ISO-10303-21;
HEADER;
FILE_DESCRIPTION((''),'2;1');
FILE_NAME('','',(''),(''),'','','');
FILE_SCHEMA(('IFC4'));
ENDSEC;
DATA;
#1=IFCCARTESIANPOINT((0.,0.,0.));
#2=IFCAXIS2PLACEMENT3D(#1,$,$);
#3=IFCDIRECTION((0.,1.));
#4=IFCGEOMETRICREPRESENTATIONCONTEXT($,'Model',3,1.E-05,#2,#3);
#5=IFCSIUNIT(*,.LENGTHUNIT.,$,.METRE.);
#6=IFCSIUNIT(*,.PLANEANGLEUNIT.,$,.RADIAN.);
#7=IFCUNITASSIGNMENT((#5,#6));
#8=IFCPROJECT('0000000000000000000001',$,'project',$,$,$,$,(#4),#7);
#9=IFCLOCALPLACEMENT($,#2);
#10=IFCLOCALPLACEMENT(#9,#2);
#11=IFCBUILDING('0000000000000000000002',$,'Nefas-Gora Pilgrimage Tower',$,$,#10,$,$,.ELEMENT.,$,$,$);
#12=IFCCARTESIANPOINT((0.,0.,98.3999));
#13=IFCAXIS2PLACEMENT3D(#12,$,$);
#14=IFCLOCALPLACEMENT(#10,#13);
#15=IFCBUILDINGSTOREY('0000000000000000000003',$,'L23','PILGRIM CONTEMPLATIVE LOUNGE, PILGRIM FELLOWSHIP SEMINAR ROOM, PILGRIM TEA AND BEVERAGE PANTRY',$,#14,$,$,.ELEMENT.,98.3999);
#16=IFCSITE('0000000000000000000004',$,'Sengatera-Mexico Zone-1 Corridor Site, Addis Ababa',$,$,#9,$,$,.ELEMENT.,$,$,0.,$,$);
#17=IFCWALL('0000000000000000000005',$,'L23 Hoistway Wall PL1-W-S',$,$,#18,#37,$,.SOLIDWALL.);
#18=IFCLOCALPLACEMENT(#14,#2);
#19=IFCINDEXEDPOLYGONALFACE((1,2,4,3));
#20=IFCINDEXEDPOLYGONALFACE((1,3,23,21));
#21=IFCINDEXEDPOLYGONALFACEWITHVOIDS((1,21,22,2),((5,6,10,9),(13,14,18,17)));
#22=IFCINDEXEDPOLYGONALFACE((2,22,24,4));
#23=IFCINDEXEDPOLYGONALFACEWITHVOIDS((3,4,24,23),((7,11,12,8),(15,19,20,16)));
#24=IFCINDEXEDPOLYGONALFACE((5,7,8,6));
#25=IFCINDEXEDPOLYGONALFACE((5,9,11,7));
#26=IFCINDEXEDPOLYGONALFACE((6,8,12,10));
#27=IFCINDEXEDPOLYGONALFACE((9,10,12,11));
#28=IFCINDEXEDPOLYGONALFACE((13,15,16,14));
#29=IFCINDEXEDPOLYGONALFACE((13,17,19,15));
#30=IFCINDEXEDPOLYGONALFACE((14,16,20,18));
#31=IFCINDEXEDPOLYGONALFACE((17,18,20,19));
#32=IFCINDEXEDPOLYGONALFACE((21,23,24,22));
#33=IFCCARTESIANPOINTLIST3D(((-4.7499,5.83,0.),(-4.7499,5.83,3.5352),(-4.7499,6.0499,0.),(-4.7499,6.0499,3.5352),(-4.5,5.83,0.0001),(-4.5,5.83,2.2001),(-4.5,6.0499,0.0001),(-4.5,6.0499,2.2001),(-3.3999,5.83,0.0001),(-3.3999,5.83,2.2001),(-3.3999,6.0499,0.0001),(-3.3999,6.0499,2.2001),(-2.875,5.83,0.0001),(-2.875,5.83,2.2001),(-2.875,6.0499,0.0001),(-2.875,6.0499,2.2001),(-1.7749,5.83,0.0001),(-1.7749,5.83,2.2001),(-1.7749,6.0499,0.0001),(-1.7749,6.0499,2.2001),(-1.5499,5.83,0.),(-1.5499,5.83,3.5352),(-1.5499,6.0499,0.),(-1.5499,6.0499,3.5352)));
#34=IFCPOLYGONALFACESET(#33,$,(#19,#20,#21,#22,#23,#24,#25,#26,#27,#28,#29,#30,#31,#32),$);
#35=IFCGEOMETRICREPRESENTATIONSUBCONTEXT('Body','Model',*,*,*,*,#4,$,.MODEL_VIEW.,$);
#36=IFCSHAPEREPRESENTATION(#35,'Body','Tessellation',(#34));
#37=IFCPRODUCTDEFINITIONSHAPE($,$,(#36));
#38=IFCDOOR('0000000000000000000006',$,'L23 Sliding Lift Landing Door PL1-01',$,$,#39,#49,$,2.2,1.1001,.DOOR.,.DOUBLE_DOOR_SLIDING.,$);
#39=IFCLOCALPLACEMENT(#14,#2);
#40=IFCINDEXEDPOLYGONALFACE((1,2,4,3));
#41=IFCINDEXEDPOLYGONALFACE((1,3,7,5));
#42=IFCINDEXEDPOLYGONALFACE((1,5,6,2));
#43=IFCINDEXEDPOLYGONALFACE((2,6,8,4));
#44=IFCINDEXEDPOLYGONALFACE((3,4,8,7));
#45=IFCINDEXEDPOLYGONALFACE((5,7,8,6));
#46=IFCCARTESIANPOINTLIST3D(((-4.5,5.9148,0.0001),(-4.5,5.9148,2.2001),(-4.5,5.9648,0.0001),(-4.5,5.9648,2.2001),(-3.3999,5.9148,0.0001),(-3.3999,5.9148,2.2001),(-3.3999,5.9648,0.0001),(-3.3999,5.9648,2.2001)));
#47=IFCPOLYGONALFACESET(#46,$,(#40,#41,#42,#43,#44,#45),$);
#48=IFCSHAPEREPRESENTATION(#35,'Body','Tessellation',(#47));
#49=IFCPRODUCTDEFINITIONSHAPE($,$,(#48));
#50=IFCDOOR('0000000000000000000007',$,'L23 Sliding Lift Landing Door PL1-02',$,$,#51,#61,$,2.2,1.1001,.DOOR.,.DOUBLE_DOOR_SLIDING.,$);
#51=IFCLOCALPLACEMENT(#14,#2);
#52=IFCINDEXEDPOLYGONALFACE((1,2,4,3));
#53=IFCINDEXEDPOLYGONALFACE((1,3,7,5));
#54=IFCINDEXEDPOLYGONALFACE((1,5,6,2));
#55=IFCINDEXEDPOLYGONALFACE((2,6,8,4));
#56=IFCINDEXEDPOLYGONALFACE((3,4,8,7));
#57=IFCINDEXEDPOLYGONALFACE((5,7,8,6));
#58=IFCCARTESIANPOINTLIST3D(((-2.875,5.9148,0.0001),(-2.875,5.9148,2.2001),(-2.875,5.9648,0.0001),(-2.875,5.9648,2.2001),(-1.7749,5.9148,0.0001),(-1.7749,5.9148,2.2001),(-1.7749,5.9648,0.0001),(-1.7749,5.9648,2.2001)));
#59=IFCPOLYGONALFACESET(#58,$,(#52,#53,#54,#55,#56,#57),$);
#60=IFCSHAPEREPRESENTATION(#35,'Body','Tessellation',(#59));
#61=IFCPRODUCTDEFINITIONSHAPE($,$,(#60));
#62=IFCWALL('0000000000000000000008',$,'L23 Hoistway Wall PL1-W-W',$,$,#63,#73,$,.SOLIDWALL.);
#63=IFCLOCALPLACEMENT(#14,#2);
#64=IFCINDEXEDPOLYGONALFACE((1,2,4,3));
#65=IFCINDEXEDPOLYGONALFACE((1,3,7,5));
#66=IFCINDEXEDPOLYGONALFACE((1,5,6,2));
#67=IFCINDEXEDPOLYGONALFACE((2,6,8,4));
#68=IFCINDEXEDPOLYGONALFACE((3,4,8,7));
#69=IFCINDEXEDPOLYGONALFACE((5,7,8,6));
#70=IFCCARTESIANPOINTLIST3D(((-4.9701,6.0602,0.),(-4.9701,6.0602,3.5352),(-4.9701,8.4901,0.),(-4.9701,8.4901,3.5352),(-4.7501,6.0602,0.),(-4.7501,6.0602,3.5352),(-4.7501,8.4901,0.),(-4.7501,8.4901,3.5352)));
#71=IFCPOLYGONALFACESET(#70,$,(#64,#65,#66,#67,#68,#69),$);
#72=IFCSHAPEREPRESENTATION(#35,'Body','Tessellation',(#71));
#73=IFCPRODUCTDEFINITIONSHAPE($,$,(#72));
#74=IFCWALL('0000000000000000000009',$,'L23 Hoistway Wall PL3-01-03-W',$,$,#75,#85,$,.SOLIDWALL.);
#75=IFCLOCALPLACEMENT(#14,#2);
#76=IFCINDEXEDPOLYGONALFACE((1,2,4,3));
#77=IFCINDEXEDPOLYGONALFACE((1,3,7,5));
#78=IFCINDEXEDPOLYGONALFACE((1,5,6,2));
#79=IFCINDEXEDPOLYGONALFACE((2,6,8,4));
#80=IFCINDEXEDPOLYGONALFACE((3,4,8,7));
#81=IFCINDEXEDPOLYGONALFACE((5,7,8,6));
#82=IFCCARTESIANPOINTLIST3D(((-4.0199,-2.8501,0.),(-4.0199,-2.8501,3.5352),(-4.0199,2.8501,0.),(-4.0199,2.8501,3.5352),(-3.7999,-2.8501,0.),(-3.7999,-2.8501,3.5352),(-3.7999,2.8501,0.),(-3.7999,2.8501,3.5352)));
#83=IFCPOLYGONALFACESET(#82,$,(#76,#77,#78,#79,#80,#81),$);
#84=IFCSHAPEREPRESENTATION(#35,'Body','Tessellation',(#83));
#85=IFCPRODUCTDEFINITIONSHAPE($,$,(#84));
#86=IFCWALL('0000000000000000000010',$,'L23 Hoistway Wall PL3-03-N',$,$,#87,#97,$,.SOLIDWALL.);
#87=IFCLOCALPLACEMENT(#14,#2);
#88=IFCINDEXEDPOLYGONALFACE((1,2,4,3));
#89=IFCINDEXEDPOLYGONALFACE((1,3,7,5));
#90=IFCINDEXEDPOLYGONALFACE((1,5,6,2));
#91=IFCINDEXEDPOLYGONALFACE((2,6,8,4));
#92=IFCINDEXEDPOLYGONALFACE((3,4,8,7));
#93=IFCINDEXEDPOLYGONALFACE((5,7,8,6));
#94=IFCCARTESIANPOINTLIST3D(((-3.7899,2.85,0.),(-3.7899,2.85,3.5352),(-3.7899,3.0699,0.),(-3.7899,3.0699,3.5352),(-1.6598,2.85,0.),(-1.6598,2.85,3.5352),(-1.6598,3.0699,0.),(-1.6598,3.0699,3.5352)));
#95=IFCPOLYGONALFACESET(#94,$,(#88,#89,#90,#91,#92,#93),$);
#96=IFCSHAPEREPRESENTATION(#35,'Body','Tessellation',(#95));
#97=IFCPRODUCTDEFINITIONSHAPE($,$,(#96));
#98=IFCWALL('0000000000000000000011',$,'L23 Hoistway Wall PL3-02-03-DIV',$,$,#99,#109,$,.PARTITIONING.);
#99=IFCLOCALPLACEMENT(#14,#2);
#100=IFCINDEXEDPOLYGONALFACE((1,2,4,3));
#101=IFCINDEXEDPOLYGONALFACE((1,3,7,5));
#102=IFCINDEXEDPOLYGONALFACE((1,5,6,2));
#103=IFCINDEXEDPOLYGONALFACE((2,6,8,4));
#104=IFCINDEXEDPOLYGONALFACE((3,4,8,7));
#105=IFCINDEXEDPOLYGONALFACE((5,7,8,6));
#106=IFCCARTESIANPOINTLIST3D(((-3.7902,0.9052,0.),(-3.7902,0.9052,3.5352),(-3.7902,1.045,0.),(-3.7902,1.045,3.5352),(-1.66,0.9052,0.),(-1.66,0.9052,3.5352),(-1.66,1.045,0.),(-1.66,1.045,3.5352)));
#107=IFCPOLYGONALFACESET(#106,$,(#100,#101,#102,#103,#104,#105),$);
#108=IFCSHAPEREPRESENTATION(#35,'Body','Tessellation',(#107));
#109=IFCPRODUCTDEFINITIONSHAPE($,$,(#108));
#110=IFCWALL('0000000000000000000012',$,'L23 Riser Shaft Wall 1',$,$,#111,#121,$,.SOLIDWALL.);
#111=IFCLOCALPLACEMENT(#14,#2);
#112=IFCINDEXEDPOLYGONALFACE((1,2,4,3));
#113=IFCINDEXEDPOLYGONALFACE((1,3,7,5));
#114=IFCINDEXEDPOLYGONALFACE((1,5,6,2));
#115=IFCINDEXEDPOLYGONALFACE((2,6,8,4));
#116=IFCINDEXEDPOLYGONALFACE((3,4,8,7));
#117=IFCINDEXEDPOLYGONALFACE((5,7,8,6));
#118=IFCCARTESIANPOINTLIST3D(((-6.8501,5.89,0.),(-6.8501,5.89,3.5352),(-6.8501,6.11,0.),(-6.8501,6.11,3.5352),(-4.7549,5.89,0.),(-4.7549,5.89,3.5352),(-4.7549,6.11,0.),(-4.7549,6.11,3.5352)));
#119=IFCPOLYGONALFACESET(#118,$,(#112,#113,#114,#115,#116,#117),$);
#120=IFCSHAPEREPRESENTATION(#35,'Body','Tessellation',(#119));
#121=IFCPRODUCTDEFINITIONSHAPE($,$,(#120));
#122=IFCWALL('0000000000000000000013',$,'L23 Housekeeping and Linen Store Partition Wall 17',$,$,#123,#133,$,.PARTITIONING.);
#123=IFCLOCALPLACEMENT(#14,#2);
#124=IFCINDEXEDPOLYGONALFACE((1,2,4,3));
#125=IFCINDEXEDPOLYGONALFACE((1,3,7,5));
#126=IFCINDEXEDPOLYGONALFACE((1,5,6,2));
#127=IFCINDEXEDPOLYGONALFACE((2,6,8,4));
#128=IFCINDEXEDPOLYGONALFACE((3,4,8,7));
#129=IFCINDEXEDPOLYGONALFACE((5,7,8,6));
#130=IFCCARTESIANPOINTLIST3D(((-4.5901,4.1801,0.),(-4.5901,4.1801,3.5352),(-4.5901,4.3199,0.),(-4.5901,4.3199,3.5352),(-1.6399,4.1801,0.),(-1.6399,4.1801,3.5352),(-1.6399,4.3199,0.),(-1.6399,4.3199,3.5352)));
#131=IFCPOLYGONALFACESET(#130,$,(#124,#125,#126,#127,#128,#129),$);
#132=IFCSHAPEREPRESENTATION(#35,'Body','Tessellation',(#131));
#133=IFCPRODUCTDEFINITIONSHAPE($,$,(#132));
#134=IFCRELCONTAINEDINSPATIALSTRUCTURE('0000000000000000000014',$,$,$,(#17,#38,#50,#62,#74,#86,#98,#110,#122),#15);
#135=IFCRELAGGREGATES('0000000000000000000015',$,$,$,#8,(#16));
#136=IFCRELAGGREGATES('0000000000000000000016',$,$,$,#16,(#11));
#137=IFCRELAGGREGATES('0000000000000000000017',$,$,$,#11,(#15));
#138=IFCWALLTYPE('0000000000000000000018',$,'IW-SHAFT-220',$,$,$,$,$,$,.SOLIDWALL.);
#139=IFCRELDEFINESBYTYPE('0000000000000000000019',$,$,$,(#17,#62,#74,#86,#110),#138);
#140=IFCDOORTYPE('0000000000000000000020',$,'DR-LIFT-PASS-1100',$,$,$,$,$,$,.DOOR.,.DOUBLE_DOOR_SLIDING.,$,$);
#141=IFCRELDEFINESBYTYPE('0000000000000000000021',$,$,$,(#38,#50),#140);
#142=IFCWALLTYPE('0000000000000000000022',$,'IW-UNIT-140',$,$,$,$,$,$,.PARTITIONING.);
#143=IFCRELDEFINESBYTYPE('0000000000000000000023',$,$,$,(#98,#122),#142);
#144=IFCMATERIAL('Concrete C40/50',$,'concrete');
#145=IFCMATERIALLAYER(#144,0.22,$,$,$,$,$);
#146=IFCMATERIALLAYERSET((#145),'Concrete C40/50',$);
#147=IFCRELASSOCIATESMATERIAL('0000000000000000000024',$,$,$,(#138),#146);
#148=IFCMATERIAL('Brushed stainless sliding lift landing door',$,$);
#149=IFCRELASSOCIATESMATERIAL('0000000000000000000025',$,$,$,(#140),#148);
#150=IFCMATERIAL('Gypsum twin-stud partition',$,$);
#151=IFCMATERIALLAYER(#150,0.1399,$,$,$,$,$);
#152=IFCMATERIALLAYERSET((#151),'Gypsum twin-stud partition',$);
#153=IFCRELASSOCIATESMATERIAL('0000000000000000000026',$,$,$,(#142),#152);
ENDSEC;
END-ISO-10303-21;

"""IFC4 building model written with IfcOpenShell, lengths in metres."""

from ifc_helpers import new_model, si_unit, direction, frame, frame_2d, origin, place, context, subcontext, project, spatial, rectangle, extrude, source, transform, mapped, material, layer, layer_set, type_object, element, fill, save


model = new_model("IFC4")

# Units and contexts
model_context = context("Model", 3, precision=1e-05, world=origin(), true_north=direction((0.0, 1.0)))
body_context = subcontext(model_context, "Body", "Model", "MODEL_VIEW")
ifc_project = project(units=[si_unit("LENGTHUNIT", "METRE"), si_unit("PLANEANGLEUNIT", "RADIAN")], contexts=[model_context])

# Site, building, storey
site_placement = place(None, origin())
site = spatial("IfcSite", under=ifc_project, at=site_placement, Name="Sengatera-Mexico Zone-1 Corridor Site, Addis Ababa", CompositionType="ELEMENT", RefElevation=0.0)
building_placement = place(site_placement, origin())
building = spatial("IfcBuilding", under=site, at=building_placement, Name="Nefas-Gora Pilgrimage Tower", CompositionType="ELEMENT")
storey_placement = place(building_placement, frame((0.0, 0.0, 98.3999)))
storey = spatial("IfcBuildingStorey", under=building, at=storey_placement, Name="L23", Description="PILGRIM CONTEMPLATIVE LOUNGE, PILGRIM FELLOWSHIP SEMINAR ROOM, PILGRIM TEA AND BEVERAGE PANTRY", CompositionType="ELEMENT", Elevation=98.3999)

# Shared definitions
ifc_material_1 = material(Name="Concrete C40/50", Category="concrete")

# Shared definitions
ifc_layer_1 = layer(ifc_material_1, 0.22)
ifc_layer_set_1 = layer_set([ifc_layer_1], Name="Concrete C40/50")
wall_type_1 = type_object("IfcWallType", Name="IW-SHAFT-220", PredefinedType="SOLIDWALL", material=ifc_layer_set_1)

# Wall, openings, doors
shared_shape_1 = source(origin(), body_context, "Body", "SweptSolid", [
    extrude(rectangle(XDim=3.2, YDim=0.22, at=frame_2d((1.6001, 0.0))), origin(), (0.0, 0.0, 1.0), 3.5352),
])
wall_1_placement = place(storey_placement, frame((-4.75, 5.9399, 0.0), z_axis=(0.0, 0.0, 1.0), x_axis=(1.0, 0.0, 0.0)))
wall_1 = element("IfcWall", 1, at=wall_1_placement, inside=storey, type_object=wall_type_1, Name="L23 Hoistway Wall PL1-W-S", PredefinedType="SOLIDWALL", context=body_context, shape_type="MappedRepresentation", body=[
    mapped(shared_shape_1, transform((0.0, 0.0, 0.0), x_axis=(1.0, 0.0, 0.0), y_axis=(0.0, 1.0, 0.0), z_axis=(0.0, 0.0, 1.0), scale=1.0)),
])
opening_1_placement = place(wall_1_placement, frame((0.25, 0.0, 0.0)))
opening_1 = element("IfcOpeningElement", 2, at=opening_1_placement, cuts=wall_1, PredefinedType="OPENING", context=body_context, shape_type="SweptSolid", body=[
    extrude(rectangle(XDim=1.1001, YDim=2.2, at=frame_2d((0.55, 1.1001))), frame((0.0, 0.1199, 0.0), z_axis=(0.0, -1.0, 0.0), x_axis=(1.0, 0.0, 0.0)), (0.0, 0.0, 1.0), 0.24),
])
opening_2_placement = place(wall_1_placement, frame((1.875, 0.0, 0.0)))
opening_2 = element("IfcOpeningElement", 3, at=opening_2_placement, cuts=wall_1, PredefinedType="OPENING", context=body_context, shape_type="SweptSolid", body=[
    extrude(rectangle(XDim=1.1001, YDim=2.2, at=frame_2d((0.55, 1.1001))), frame((0.0, 0.1199, 0.0), z_axis=(0.0, -1.0, 0.0), x_axis=(1.0, 0.0, 0.0)), (0.0, 0.0, 1.0), 0.24),
])
ifc_material_2 = material(Name="Brushed stainless sliding lift landing door")
door_type_1 = type_object("IfcDoorType", Name="DR-LIFT-PASS-1100", OperationType="DOUBLE_DOOR_SLIDING", PredefinedType="DOOR", material=ifc_material_2)
shared_shape_2 = source(origin(), body_context, "Body", "SweptSolid", [
    extrude(rectangle(XDim=1.1001, YDim=2.2, at=frame_2d((0.55, 1.1001))), frame((0.0, 0.0249, 0.0), z_axis=(0.0, -1.0, 0.0), x_axis=(1.0, 0.0, 0.0)), (0.0, 0.0, 1.0), 0.05),
])
door_1_placement = place(opening_1_placement, origin())
door_1 = element("IfcDoor", 4, at=door_1_placement, inside=storey, type_object=door_type_1, Name="L23 Sliding Lift Landing Door PL1-01", OperationType="DOUBLE_DOOR_SLIDING", OverallHeight=2.2, OverallWidth=1.1001, PredefinedType="DOOR", context=body_context, shape_type="MappedRepresentation", body=[
    mapped(shared_shape_2, transform((0.0, 0.0, 0.0), x_axis=(1.0, 0.0, 0.0), y_axis=(0.0, 1.0, 0.0), z_axis=(0.0, 0.0, 1.0), scale=1.0)),
])
fill(opening_1, door_1)
door_2_placement = place(opening_2_placement, origin())
door_2 = element("IfcDoor", 5, at=door_2_placement, inside=storey, type_object=door_type_1, Name="L23 Sliding Lift Landing Door PL1-02", OperationType="DOUBLE_DOOR_SLIDING", OverallHeight=2.2, OverallWidth=1.1001, PredefinedType="DOOR", context=body_context, shape_type="MappedRepresentation", body=[
    mapped(shared_shape_2, transform((0.0, 0.0, 0.0), x_axis=(1.0, 0.0, 0.0), y_axis=(0.0, 1.0, 0.0), z_axis=(0.0, 0.0, 1.0), scale=1.0)),
])
fill(opening_2, door_2)

# Walls
shared_shape_3 = source(origin(), body_context, "Body", "SweptSolid", [
    extrude(rectangle(XDim=2.4299, YDim=0.22, at=frame_2d((1.2148, 0.0))), origin(), (0.0, 0.0, 1.0), 3.5352),
])
for number, where, z_axis, x_axis, name in (
    (6, (-4.8601, 8.49, 0.0), (0.0, 0.0, 1.0), (0.0, -1.0, 0.0), "L23 Hoistway Wall PL1-W-W"),
):
    element("IfcWall", number, at=place(storey_placement, frame(where, z_axis=z_axis, x_axis=x_axis)), inside=storey, type_object=wall_type_1, Name=name, PredefinedType="SOLIDWALL", context=body_context, shape_type="MappedRepresentation", body=[
        mapped(shared_shape_3, transform((0.0, 0.0, 0.0), x_axis=(1.0, 0.0, 0.0), y_axis=(0.0, 1.0, 0.0), z_axis=(0.0, 0.0, 1.0), scale=1.0)),
    ])
ifc_material_3 = material(Name="Gypsum twin-stud partition")
ifc_layer_2 = layer(ifc_material_3, 0.1399)
ifc_layer_set_2 = layer_set([ifc_layer_2], Name="Gypsum twin-stud partition")
wall_type_2 = type_object("IfcWallType", Name="IW-UNIT-140", PredefinedType="PARTITIONING", material=ifc_layer_set_2)
shared_shape_4 = source(origin(), body_context, "Body", "SweptSolid", [
    extrude(rectangle(XDim=5.7002, YDim=0.22, at=frame_2d((2.8501, 0.0))), origin(), (0.0, 0.0, 1.0), 3.5352),
])
wall_2_placement = place(storey_placement, frame((-3.9099, 2.8501, 0.0), z_axis=(0.0, 0.0, 1.0), x_axis=(0.0, -1.0, 0.0)))
element("IfcWall", 7, at=wall_2_placement, inside=storey, type_object=wall_type_1, Name="L23 Hoistway Wall PL3-01-03-W", PredefinedType="SOLIDWALL", context=body_context, shape_type="MappedRepresentation", body=[
    mapped(shared_shape_4, transform((0.0, 0.0, 0.0), x_axis=(1.0, 0.0, 0.0), y_axis=(0.0, 1.0, 0.0), z_axis=(0.0, 0.0, 1.0), scale=1.0)),
])
shared_shape_5 = source(origin(), body_context, "Body", "SweptSolid", [
    extrude(rectangle(XDim=2.1301, YDim=0.22, at=frame_2d((1.0649, 0.0))), origin(), (0.0, 0.0, 1.0), 3.5352),
])
wall_3_placement = place(storey_placement, frame((-1.6599, 2.96, 0.0), z_axis=(0.0, 0.0, 1.0), x_axis=(-1.0, 0.0, 0.0)))
element("IfcWall", 8, at=wall_3_placement, inside=storey, type_object=wall_type_1, Name="L23 Hoistway Wall PL3-03-N", PredefinedType="SOLIDWALL", context=body_context, shape_type="MappedRepresentation", body=[
    mapped(shared_shape_5, transform((0.0, 0.0, 0.0), x_axis=(1.0, 0.0, 0.0), y_axis=(0.0, 1.0, 0.0), z_axis=(0.0, 0.0, 1.0), scale=1.0)),
])
shared_shape_6 = source(origin(), body_context, "Body", "SweptSolid", [
    extrude(rectangle(XDim=2.1301, YDim=0.1399, at=frame_2d((1.0649, 0.0))), origin(), (0.0, 0.0, 1.0), 3.5352),
])
wall_4_placement = place(storey_placement, frame((-3.79, 0.9751, 0.0), z_axis=(0.0, 0.0, 1.0), x_axis=(1.0, 0.0, 0.0)))
element("IfcWall", 9, at=wall_4_placement, inside=storey, type_object=wall_type_2, Name="L23 Hoistway Wall PL3-02-03-DIV", PredefinedType="PARTITIONING", context=body_context, shape_type="MappedRepresentation", body=[
    mapped(shared_shape_6, transform((0.0, 0.0, 0.0), x_axis=(1.0, 0.0, 0.0), y_axis=(0.0, 1.0, 0.0), z_axis=(0.0, 0.0, 1.0), scale=1.0)),
])
shared_shape_7 = source(origin(), body_context, "Body", "SweptSolid", [
    extrude(rectangle(XDim=2.0952, YDim=0.22, at=frame_2d((1.0476, 0.0))), origin(), (0.0, 0.0, 1.0), 3.5352),
])
wall_5_placement = place(storey_placement, frame((-6.8501, 6.0, 0.0), z_axis=(0.0, 0.0, 1.0), x_axis=(1.0, 0.0, 0.0)))
element("IfcWall", 10, at=wall_5_placement, inside=storey, type_object=wall_type_1, Name="L23 Riser Shaft Wall 1", PredefinedType="SOLIDWALL", context=body_context, shape_type="MappedRepresentation", body=[
    mapped(shared_shape_7, transform((0.0, 0.0, 0.0), x_axis=(1.0, 0.0, 0.0), y_axis=(0.0, 1.0, 0.0), z_axis=(0.0, 0.0, 1.0), scale=1.0)),
])
shared_shape_8 = source(origin(), body_context, "Body", "SweptSolid", [
    extrude(rectangle(XDim=2.9502, YDim=0.1399, at=frame_2d((1.4751, 0.0))), origin(), (0.0, 0.0, 1.0), 3.5352),
])
wall_6_placement = place(storey_placement, frame((-4.5901, 4.25, 0.0), z_axis=(0.0, 0.0, 1.0), x_axis=(1.0, 0.0, 0.0)))
element("IfcWall", 11, at=wall_6_placement, inside=storey, type_object=wall_type_2, Name="L23 Housekeeping and Linen Store Partition Wall 17", PredefinedType="PARTITIONING", context=body_context, shape_type="MappedRepresentation", body=[
    mapped(shared_shape_8, transform((0.0, 0.0, 0.0), x_axis=(1.0, 0.0, 0.0), y_axis=(0.0, 1.0, 0.0), z_axis=(0.0, 0.0, 1.0), scale=1.0)),
])

save(model, "model.ifc")
